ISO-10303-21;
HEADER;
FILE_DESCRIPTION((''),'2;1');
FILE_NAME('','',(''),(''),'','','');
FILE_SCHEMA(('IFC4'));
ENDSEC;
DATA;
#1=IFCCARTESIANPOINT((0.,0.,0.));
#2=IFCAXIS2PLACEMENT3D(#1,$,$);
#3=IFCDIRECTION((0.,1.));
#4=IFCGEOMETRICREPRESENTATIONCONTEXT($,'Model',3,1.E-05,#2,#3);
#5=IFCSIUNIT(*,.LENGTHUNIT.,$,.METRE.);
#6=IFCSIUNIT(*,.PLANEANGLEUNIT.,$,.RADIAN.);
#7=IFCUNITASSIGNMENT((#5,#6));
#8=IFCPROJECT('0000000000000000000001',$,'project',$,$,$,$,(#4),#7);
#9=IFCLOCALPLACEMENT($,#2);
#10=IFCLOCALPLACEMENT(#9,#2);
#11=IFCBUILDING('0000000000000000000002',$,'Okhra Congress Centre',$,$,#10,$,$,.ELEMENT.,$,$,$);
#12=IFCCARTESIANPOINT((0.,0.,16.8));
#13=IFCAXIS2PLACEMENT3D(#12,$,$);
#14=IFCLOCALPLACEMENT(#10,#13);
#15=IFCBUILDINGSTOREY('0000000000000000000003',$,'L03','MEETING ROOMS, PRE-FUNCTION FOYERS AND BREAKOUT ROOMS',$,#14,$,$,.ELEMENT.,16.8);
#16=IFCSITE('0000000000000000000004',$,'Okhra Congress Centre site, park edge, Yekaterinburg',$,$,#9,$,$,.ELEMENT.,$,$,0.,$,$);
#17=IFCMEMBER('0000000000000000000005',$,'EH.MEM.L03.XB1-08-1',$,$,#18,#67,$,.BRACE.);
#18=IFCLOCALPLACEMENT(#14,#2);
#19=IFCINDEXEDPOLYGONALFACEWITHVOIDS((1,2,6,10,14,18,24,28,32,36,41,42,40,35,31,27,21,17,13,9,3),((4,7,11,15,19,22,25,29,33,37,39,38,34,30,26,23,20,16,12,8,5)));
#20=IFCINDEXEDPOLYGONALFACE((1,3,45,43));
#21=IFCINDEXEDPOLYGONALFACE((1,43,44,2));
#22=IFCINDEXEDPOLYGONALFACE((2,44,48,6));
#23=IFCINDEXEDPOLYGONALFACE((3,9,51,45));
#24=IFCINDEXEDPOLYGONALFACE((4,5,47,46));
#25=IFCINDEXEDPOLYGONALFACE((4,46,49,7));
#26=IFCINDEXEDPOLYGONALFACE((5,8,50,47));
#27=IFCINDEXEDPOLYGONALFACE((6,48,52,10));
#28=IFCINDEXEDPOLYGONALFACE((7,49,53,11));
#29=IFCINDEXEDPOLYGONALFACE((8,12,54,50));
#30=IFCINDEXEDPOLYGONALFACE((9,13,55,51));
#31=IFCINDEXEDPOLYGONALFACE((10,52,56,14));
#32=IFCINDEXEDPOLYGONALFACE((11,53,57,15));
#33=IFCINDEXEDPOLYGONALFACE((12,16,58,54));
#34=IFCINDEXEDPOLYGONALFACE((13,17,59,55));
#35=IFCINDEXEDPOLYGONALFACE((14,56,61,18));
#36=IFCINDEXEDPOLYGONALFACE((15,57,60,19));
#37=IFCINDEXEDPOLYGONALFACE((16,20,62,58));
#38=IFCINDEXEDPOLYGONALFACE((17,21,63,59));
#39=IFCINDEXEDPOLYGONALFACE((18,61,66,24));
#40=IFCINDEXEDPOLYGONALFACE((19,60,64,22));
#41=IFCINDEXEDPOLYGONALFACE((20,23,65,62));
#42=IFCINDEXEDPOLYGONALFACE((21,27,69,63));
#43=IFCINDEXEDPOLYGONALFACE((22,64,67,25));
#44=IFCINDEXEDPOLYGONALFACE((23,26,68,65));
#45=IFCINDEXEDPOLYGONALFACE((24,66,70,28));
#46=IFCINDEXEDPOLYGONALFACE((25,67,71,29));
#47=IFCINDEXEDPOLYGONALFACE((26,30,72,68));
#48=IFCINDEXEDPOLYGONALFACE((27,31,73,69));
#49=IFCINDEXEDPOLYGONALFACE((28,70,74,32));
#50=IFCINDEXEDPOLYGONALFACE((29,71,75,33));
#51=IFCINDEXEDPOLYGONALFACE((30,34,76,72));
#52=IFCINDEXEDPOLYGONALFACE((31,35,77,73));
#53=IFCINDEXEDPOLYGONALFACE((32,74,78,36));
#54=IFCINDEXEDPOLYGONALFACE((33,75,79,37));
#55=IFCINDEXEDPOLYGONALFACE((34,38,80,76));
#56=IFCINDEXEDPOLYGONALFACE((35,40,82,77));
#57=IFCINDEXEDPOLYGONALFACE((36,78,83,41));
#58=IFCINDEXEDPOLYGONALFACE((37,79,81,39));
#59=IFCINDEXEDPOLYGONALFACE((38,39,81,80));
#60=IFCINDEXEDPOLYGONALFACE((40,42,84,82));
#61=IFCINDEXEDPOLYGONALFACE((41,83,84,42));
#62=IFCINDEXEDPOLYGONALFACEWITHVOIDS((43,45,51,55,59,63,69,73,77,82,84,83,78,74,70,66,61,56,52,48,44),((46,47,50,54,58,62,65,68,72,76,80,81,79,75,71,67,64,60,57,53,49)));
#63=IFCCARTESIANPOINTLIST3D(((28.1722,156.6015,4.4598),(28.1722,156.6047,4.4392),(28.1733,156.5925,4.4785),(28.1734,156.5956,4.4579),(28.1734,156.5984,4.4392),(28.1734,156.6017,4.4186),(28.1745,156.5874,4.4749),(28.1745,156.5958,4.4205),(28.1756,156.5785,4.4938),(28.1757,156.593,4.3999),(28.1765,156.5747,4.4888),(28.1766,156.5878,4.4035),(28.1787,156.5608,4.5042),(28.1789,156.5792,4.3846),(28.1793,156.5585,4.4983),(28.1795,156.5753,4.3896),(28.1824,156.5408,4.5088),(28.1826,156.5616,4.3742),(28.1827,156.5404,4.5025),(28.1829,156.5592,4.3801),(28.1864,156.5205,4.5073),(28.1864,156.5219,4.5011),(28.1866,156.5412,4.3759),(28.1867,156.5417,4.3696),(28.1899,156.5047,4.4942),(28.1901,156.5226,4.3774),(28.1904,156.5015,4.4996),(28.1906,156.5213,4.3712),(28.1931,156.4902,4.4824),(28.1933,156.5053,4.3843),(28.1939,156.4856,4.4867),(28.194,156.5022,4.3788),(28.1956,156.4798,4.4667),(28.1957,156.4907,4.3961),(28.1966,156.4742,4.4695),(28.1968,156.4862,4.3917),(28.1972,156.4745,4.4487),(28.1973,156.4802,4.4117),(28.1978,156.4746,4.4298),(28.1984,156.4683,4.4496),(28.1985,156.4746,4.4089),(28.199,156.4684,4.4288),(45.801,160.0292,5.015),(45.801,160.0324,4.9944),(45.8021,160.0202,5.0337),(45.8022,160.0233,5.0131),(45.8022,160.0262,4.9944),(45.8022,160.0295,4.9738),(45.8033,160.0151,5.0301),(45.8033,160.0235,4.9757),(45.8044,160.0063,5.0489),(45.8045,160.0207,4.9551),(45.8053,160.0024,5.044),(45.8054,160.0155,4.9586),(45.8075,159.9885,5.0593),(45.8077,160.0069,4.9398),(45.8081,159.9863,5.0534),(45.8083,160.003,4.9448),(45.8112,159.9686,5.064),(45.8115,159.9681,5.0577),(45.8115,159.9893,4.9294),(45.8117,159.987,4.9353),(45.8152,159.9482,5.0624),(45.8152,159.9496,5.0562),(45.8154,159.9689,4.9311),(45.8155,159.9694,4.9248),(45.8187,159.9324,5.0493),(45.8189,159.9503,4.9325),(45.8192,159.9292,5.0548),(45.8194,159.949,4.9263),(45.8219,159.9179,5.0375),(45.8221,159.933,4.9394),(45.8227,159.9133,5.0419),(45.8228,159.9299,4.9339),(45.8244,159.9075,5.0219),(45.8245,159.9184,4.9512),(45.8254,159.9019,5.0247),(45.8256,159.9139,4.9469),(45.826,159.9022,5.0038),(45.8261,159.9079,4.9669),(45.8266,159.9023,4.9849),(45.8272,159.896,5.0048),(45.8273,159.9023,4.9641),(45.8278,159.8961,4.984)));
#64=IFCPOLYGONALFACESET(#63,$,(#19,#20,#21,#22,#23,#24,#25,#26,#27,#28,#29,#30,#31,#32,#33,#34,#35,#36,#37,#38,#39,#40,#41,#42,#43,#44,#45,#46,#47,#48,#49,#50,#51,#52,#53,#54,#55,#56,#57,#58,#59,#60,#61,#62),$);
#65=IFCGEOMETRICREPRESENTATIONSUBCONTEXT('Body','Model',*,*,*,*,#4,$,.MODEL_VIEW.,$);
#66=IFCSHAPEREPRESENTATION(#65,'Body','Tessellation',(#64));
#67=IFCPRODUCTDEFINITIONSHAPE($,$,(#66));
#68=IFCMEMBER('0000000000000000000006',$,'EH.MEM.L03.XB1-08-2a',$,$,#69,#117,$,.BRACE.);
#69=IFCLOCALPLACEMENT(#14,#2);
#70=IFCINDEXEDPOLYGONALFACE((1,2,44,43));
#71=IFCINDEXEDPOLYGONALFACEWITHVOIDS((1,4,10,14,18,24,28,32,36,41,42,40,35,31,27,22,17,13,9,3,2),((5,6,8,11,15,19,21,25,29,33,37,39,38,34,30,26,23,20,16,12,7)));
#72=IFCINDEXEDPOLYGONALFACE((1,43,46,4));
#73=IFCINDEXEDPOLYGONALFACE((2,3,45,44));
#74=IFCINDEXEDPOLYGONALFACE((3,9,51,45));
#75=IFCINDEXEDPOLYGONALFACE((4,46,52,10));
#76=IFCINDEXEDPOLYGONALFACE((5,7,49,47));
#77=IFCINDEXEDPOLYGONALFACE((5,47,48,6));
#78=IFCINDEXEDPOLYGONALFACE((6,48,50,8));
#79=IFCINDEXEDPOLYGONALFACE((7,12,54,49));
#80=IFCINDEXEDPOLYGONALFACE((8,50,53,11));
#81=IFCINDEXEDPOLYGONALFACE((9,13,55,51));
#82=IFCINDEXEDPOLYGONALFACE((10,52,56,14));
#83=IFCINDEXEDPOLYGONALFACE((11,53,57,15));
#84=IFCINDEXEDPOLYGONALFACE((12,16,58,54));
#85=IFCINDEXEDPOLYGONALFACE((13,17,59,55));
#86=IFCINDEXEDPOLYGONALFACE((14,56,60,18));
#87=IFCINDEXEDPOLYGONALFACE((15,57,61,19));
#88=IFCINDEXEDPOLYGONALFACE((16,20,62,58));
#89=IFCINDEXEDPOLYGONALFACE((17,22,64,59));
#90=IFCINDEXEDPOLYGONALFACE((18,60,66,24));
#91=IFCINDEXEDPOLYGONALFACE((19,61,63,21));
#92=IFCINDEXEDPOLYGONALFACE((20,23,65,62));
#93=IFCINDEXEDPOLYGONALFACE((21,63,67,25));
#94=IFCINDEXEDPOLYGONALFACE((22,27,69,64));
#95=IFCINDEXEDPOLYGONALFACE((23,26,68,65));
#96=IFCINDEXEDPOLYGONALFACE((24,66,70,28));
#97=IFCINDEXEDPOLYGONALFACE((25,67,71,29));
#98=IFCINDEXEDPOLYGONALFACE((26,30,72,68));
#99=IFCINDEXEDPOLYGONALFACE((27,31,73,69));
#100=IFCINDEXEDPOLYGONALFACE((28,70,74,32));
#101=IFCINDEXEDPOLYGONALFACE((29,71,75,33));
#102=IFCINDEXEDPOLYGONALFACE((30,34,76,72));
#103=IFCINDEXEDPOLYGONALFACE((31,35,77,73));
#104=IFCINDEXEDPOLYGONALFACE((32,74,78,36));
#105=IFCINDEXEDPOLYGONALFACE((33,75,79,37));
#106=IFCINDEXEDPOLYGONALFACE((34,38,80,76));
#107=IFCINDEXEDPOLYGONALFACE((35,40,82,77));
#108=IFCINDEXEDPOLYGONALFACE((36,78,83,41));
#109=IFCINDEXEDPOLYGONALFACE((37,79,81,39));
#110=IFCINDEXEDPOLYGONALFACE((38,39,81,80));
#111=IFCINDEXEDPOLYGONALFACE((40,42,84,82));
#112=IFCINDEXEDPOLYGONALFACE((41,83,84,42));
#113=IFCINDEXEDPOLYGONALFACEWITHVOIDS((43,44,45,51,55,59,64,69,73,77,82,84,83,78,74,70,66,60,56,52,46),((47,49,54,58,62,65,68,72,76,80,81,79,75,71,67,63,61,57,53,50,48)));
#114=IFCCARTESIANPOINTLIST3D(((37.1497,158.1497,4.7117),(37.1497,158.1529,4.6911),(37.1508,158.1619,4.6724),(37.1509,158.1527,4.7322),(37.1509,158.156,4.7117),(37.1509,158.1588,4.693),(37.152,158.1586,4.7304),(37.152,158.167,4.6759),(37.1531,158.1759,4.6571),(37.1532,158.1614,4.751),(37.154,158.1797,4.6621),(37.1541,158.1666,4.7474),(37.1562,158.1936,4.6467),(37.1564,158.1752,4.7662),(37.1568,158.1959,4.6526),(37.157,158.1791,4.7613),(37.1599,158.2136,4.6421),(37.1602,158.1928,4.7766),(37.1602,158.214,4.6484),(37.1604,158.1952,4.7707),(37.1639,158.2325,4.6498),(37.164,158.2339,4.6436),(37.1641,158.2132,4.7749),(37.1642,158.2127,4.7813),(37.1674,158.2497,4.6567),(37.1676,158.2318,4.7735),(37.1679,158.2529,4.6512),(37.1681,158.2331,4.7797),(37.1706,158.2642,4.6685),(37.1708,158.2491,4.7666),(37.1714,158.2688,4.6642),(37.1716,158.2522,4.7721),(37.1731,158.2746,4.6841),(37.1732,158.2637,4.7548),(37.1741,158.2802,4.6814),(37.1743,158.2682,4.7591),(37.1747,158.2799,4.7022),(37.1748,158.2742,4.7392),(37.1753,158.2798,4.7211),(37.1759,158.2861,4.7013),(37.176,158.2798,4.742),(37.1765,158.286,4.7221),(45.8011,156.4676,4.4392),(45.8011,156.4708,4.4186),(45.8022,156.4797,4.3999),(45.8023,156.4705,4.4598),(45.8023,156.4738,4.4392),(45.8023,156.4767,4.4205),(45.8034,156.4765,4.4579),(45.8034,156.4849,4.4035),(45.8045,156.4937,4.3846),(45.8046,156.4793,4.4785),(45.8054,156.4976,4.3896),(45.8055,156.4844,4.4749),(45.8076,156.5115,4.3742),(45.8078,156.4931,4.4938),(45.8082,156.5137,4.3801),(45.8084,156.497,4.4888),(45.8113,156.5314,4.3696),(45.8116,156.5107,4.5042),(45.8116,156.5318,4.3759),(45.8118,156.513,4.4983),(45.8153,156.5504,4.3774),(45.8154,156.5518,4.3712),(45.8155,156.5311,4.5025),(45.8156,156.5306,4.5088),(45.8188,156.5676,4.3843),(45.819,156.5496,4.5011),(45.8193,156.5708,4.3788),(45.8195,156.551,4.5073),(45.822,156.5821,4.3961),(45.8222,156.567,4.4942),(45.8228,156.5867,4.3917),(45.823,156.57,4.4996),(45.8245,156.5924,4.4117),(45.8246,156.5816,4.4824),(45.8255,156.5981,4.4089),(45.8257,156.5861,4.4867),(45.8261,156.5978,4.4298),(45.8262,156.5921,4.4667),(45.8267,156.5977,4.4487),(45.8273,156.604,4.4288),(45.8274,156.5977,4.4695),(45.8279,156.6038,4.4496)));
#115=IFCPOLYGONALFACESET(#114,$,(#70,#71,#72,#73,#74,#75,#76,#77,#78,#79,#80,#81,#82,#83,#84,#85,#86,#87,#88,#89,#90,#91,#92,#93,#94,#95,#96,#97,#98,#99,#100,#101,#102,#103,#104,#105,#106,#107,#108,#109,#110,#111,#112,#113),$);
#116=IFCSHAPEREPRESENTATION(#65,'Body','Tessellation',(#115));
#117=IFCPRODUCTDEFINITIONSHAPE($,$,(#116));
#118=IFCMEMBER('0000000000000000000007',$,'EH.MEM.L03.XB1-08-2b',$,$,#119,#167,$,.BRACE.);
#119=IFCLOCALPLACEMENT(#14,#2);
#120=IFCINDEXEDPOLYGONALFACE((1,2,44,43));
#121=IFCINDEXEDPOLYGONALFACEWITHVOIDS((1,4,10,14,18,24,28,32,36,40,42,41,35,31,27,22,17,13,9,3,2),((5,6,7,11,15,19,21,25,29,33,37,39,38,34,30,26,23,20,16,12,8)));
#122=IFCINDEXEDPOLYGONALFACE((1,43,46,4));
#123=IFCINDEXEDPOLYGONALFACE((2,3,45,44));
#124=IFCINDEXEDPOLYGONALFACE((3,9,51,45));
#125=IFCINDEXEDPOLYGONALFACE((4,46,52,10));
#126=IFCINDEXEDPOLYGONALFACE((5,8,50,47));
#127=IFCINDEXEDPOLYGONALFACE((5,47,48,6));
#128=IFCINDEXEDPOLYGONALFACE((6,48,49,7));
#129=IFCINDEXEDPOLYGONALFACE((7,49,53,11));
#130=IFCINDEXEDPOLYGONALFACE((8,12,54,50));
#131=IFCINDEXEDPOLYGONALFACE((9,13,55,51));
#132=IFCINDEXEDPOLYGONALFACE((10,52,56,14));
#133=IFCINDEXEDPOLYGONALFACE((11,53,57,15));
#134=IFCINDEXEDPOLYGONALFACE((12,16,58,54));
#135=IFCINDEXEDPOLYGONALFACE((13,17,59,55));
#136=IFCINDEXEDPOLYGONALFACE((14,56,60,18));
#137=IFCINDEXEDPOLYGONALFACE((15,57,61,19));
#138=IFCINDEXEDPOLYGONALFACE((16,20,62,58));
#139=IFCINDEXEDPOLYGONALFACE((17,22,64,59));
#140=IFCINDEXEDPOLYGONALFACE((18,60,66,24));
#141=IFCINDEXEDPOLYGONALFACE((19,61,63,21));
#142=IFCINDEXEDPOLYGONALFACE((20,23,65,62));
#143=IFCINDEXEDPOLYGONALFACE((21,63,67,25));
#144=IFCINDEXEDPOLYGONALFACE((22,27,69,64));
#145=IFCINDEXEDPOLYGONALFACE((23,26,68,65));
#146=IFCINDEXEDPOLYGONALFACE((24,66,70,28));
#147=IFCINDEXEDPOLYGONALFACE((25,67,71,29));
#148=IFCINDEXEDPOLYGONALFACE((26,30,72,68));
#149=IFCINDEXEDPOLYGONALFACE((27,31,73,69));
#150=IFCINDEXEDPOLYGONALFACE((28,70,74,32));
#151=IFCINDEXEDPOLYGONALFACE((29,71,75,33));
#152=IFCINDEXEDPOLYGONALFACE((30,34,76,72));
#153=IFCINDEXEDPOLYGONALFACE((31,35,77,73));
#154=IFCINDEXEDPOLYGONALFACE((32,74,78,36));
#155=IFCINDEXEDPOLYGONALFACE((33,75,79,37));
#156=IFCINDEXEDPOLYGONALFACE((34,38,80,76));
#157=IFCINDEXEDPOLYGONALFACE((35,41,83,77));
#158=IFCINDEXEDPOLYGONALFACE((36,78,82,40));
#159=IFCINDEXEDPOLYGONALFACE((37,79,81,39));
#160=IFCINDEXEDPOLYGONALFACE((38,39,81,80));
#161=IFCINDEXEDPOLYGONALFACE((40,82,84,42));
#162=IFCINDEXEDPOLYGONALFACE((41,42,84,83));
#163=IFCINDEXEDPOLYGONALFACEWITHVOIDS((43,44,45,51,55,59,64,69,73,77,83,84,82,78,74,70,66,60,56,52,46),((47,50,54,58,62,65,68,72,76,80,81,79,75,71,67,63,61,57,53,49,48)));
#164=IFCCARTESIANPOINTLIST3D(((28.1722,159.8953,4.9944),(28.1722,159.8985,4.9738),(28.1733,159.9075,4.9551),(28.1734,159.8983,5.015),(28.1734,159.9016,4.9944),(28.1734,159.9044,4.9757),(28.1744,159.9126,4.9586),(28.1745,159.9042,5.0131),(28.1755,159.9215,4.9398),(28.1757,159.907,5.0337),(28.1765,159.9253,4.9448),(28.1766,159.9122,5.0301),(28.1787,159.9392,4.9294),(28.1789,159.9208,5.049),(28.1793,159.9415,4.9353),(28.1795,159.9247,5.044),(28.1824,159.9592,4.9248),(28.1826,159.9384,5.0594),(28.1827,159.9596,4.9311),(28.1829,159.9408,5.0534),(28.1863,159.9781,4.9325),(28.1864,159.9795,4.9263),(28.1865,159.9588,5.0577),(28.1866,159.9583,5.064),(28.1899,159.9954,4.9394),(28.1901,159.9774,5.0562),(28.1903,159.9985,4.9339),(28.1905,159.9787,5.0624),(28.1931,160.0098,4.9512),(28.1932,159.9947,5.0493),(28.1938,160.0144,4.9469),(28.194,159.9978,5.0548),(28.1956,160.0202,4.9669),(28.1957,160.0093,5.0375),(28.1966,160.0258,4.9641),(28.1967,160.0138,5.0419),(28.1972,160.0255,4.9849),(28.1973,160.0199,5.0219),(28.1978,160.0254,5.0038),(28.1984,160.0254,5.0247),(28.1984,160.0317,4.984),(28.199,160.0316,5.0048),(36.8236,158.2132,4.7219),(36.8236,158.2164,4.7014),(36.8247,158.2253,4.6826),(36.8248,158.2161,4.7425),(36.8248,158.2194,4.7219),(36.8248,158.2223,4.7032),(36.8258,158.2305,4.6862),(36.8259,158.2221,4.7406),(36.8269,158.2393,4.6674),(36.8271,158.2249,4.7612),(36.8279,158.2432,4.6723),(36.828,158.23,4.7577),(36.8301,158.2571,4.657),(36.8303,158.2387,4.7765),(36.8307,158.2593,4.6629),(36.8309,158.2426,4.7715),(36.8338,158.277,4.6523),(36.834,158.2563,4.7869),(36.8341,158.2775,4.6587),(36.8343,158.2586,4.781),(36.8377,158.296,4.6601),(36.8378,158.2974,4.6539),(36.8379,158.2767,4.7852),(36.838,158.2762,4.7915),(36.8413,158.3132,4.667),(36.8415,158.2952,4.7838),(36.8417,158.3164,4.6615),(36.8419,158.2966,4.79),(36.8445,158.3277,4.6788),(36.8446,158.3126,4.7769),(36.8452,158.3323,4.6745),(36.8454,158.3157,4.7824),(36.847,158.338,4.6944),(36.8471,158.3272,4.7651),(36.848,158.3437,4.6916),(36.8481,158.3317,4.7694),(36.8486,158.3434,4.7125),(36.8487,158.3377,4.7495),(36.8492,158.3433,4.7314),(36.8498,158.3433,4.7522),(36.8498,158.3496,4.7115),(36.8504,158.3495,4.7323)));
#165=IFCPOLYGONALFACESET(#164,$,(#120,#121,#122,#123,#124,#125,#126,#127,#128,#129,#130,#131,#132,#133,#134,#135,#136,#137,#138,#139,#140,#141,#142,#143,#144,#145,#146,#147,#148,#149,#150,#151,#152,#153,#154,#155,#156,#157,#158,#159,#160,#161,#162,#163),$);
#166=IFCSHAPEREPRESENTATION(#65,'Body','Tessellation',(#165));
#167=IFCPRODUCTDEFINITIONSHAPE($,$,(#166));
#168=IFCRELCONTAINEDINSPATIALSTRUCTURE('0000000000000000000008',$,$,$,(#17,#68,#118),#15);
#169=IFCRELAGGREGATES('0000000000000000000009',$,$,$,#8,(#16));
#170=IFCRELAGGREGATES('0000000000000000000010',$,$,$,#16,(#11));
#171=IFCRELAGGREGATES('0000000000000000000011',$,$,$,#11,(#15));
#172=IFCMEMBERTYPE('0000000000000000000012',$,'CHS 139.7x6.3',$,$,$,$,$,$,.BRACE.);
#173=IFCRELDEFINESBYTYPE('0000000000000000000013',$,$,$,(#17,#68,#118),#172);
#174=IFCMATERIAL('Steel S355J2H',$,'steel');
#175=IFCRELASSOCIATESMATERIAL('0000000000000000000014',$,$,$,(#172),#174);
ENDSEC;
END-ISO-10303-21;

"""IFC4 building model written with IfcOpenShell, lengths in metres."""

from ifc_helpers import new_model, si_unit, direction, frame, origin, origin_2d, place, context, subcontext, project, spatial, hollow_circle, extrude, material, material_profile, profile_set, type_object, element, save


model = new_model("IFC4")

# Units and contexts
model_context = context("Model", 3, precision=1e-05, world=origin(), true_north=direction((0.0, 1.0)))
body_context = subcontext(model_context, "Body", "Model", "MODEL_VIEW")
ifc_project = project(units=[si_unit("LENGTHUNIT", "METRE"), si_unit("PLANEANGLEUNIT", "RADIAN")], contexts=[model_context])

# Site, building, storey
site_placement = place(None, origin())
site = spatial("IfcSite", under=ifc_project, at=site_placement, Name="Okhra Congress Centre site, park edge, Yekaterinburg", CompositionType="ELEMENT", RefElevation=0.0)
building_placement = place(site_placement, origin())
building = spatial("IfcBuilding", under=site, at=building_placement, Name="Okhra Congress Centre", CompositionType="ELEMENT")
storey_placement = place(building_placement, frame((0.0, 0.0, 16.8)))
storey = spatial("IfcBuildingStorey", under=building, at=storey_placement, Name="L03", Description="MEETING ROOMS, PRE-FUNCTION FOYERS AND BREAKOUT ROOMS", CompositionType="ELEMENT", Elevation=16.8)

# Members
ifc_material_1 = material(Name="Steel S355J2H", Category="steel")
ifc_material_profile_1 = material_profile(ifc_material_1, hollow_circle(Radius=0.0698, WallThickness=0.0063, at=origin_2d()), Name="CHS 139.7x6.3")
ifc_profile_set_1 = profile_set([ifc_material_profile_1], Name="Steel S355J2H")
member_type_1 = type_object("IfcMemberType", Name="CHS 139.7x6.3", PredefinedType="BRACE", material=ifc_profile_set_1)
member_1_placement = place(storey_placement, frame((28.1855, 156.5361, 4.4392), z_axis=(0.981148, 0.190773, 0.030899), x_axis=(-0.190864, 0.981617, 0.0)))
element("IfcMember", 1, at=member_1_placement, inside=storey, type_object=member_type_1, Name="EH.MEM.L03.XB1-08-1", PredefinedType="BRACE", context=body_context, shape_type="SweptSolid", body=[
    extrude(hollow_circle(Radius=0.0698, WallThickness=0.0063, at=origin_2d()), origin(), (0.0, 0.0, 1.0), 17.9675),
])
for number, where, z_axis, x_axis, name in (
    (2, (45.8145, 156.5361, 4.4392), (-0.981148, 0.19077, 0.0309), (-0.190861, -0.981617, 0.0), "EH.MEM.L03.XB1-08-2a"),
    (3, (36.8369, 158.2817, 4.7219), (-0.981148, 0.19077, 0.0309), (-0.190861, -0.981617, 0.0), "EH.MEM.L03.XB1-08-2b"),
):
    element("IfcMember", number, at=place(storey_placement, frame(where, z_axis=z_axis, x_axis=x_axis)), inside=storey, type_object=member_type_1, Name=name, PredefinedType="BRACE", context=body_context, shape_type="SweptSolid", body=[
        extrude(hollow_circle(Radius=0.0698, WallThickness=0.0063, at=origin_2d()), origin(), (0.0, 0.0, 1.0), 8.8176),
    ])

save(model, "model.ifc")
